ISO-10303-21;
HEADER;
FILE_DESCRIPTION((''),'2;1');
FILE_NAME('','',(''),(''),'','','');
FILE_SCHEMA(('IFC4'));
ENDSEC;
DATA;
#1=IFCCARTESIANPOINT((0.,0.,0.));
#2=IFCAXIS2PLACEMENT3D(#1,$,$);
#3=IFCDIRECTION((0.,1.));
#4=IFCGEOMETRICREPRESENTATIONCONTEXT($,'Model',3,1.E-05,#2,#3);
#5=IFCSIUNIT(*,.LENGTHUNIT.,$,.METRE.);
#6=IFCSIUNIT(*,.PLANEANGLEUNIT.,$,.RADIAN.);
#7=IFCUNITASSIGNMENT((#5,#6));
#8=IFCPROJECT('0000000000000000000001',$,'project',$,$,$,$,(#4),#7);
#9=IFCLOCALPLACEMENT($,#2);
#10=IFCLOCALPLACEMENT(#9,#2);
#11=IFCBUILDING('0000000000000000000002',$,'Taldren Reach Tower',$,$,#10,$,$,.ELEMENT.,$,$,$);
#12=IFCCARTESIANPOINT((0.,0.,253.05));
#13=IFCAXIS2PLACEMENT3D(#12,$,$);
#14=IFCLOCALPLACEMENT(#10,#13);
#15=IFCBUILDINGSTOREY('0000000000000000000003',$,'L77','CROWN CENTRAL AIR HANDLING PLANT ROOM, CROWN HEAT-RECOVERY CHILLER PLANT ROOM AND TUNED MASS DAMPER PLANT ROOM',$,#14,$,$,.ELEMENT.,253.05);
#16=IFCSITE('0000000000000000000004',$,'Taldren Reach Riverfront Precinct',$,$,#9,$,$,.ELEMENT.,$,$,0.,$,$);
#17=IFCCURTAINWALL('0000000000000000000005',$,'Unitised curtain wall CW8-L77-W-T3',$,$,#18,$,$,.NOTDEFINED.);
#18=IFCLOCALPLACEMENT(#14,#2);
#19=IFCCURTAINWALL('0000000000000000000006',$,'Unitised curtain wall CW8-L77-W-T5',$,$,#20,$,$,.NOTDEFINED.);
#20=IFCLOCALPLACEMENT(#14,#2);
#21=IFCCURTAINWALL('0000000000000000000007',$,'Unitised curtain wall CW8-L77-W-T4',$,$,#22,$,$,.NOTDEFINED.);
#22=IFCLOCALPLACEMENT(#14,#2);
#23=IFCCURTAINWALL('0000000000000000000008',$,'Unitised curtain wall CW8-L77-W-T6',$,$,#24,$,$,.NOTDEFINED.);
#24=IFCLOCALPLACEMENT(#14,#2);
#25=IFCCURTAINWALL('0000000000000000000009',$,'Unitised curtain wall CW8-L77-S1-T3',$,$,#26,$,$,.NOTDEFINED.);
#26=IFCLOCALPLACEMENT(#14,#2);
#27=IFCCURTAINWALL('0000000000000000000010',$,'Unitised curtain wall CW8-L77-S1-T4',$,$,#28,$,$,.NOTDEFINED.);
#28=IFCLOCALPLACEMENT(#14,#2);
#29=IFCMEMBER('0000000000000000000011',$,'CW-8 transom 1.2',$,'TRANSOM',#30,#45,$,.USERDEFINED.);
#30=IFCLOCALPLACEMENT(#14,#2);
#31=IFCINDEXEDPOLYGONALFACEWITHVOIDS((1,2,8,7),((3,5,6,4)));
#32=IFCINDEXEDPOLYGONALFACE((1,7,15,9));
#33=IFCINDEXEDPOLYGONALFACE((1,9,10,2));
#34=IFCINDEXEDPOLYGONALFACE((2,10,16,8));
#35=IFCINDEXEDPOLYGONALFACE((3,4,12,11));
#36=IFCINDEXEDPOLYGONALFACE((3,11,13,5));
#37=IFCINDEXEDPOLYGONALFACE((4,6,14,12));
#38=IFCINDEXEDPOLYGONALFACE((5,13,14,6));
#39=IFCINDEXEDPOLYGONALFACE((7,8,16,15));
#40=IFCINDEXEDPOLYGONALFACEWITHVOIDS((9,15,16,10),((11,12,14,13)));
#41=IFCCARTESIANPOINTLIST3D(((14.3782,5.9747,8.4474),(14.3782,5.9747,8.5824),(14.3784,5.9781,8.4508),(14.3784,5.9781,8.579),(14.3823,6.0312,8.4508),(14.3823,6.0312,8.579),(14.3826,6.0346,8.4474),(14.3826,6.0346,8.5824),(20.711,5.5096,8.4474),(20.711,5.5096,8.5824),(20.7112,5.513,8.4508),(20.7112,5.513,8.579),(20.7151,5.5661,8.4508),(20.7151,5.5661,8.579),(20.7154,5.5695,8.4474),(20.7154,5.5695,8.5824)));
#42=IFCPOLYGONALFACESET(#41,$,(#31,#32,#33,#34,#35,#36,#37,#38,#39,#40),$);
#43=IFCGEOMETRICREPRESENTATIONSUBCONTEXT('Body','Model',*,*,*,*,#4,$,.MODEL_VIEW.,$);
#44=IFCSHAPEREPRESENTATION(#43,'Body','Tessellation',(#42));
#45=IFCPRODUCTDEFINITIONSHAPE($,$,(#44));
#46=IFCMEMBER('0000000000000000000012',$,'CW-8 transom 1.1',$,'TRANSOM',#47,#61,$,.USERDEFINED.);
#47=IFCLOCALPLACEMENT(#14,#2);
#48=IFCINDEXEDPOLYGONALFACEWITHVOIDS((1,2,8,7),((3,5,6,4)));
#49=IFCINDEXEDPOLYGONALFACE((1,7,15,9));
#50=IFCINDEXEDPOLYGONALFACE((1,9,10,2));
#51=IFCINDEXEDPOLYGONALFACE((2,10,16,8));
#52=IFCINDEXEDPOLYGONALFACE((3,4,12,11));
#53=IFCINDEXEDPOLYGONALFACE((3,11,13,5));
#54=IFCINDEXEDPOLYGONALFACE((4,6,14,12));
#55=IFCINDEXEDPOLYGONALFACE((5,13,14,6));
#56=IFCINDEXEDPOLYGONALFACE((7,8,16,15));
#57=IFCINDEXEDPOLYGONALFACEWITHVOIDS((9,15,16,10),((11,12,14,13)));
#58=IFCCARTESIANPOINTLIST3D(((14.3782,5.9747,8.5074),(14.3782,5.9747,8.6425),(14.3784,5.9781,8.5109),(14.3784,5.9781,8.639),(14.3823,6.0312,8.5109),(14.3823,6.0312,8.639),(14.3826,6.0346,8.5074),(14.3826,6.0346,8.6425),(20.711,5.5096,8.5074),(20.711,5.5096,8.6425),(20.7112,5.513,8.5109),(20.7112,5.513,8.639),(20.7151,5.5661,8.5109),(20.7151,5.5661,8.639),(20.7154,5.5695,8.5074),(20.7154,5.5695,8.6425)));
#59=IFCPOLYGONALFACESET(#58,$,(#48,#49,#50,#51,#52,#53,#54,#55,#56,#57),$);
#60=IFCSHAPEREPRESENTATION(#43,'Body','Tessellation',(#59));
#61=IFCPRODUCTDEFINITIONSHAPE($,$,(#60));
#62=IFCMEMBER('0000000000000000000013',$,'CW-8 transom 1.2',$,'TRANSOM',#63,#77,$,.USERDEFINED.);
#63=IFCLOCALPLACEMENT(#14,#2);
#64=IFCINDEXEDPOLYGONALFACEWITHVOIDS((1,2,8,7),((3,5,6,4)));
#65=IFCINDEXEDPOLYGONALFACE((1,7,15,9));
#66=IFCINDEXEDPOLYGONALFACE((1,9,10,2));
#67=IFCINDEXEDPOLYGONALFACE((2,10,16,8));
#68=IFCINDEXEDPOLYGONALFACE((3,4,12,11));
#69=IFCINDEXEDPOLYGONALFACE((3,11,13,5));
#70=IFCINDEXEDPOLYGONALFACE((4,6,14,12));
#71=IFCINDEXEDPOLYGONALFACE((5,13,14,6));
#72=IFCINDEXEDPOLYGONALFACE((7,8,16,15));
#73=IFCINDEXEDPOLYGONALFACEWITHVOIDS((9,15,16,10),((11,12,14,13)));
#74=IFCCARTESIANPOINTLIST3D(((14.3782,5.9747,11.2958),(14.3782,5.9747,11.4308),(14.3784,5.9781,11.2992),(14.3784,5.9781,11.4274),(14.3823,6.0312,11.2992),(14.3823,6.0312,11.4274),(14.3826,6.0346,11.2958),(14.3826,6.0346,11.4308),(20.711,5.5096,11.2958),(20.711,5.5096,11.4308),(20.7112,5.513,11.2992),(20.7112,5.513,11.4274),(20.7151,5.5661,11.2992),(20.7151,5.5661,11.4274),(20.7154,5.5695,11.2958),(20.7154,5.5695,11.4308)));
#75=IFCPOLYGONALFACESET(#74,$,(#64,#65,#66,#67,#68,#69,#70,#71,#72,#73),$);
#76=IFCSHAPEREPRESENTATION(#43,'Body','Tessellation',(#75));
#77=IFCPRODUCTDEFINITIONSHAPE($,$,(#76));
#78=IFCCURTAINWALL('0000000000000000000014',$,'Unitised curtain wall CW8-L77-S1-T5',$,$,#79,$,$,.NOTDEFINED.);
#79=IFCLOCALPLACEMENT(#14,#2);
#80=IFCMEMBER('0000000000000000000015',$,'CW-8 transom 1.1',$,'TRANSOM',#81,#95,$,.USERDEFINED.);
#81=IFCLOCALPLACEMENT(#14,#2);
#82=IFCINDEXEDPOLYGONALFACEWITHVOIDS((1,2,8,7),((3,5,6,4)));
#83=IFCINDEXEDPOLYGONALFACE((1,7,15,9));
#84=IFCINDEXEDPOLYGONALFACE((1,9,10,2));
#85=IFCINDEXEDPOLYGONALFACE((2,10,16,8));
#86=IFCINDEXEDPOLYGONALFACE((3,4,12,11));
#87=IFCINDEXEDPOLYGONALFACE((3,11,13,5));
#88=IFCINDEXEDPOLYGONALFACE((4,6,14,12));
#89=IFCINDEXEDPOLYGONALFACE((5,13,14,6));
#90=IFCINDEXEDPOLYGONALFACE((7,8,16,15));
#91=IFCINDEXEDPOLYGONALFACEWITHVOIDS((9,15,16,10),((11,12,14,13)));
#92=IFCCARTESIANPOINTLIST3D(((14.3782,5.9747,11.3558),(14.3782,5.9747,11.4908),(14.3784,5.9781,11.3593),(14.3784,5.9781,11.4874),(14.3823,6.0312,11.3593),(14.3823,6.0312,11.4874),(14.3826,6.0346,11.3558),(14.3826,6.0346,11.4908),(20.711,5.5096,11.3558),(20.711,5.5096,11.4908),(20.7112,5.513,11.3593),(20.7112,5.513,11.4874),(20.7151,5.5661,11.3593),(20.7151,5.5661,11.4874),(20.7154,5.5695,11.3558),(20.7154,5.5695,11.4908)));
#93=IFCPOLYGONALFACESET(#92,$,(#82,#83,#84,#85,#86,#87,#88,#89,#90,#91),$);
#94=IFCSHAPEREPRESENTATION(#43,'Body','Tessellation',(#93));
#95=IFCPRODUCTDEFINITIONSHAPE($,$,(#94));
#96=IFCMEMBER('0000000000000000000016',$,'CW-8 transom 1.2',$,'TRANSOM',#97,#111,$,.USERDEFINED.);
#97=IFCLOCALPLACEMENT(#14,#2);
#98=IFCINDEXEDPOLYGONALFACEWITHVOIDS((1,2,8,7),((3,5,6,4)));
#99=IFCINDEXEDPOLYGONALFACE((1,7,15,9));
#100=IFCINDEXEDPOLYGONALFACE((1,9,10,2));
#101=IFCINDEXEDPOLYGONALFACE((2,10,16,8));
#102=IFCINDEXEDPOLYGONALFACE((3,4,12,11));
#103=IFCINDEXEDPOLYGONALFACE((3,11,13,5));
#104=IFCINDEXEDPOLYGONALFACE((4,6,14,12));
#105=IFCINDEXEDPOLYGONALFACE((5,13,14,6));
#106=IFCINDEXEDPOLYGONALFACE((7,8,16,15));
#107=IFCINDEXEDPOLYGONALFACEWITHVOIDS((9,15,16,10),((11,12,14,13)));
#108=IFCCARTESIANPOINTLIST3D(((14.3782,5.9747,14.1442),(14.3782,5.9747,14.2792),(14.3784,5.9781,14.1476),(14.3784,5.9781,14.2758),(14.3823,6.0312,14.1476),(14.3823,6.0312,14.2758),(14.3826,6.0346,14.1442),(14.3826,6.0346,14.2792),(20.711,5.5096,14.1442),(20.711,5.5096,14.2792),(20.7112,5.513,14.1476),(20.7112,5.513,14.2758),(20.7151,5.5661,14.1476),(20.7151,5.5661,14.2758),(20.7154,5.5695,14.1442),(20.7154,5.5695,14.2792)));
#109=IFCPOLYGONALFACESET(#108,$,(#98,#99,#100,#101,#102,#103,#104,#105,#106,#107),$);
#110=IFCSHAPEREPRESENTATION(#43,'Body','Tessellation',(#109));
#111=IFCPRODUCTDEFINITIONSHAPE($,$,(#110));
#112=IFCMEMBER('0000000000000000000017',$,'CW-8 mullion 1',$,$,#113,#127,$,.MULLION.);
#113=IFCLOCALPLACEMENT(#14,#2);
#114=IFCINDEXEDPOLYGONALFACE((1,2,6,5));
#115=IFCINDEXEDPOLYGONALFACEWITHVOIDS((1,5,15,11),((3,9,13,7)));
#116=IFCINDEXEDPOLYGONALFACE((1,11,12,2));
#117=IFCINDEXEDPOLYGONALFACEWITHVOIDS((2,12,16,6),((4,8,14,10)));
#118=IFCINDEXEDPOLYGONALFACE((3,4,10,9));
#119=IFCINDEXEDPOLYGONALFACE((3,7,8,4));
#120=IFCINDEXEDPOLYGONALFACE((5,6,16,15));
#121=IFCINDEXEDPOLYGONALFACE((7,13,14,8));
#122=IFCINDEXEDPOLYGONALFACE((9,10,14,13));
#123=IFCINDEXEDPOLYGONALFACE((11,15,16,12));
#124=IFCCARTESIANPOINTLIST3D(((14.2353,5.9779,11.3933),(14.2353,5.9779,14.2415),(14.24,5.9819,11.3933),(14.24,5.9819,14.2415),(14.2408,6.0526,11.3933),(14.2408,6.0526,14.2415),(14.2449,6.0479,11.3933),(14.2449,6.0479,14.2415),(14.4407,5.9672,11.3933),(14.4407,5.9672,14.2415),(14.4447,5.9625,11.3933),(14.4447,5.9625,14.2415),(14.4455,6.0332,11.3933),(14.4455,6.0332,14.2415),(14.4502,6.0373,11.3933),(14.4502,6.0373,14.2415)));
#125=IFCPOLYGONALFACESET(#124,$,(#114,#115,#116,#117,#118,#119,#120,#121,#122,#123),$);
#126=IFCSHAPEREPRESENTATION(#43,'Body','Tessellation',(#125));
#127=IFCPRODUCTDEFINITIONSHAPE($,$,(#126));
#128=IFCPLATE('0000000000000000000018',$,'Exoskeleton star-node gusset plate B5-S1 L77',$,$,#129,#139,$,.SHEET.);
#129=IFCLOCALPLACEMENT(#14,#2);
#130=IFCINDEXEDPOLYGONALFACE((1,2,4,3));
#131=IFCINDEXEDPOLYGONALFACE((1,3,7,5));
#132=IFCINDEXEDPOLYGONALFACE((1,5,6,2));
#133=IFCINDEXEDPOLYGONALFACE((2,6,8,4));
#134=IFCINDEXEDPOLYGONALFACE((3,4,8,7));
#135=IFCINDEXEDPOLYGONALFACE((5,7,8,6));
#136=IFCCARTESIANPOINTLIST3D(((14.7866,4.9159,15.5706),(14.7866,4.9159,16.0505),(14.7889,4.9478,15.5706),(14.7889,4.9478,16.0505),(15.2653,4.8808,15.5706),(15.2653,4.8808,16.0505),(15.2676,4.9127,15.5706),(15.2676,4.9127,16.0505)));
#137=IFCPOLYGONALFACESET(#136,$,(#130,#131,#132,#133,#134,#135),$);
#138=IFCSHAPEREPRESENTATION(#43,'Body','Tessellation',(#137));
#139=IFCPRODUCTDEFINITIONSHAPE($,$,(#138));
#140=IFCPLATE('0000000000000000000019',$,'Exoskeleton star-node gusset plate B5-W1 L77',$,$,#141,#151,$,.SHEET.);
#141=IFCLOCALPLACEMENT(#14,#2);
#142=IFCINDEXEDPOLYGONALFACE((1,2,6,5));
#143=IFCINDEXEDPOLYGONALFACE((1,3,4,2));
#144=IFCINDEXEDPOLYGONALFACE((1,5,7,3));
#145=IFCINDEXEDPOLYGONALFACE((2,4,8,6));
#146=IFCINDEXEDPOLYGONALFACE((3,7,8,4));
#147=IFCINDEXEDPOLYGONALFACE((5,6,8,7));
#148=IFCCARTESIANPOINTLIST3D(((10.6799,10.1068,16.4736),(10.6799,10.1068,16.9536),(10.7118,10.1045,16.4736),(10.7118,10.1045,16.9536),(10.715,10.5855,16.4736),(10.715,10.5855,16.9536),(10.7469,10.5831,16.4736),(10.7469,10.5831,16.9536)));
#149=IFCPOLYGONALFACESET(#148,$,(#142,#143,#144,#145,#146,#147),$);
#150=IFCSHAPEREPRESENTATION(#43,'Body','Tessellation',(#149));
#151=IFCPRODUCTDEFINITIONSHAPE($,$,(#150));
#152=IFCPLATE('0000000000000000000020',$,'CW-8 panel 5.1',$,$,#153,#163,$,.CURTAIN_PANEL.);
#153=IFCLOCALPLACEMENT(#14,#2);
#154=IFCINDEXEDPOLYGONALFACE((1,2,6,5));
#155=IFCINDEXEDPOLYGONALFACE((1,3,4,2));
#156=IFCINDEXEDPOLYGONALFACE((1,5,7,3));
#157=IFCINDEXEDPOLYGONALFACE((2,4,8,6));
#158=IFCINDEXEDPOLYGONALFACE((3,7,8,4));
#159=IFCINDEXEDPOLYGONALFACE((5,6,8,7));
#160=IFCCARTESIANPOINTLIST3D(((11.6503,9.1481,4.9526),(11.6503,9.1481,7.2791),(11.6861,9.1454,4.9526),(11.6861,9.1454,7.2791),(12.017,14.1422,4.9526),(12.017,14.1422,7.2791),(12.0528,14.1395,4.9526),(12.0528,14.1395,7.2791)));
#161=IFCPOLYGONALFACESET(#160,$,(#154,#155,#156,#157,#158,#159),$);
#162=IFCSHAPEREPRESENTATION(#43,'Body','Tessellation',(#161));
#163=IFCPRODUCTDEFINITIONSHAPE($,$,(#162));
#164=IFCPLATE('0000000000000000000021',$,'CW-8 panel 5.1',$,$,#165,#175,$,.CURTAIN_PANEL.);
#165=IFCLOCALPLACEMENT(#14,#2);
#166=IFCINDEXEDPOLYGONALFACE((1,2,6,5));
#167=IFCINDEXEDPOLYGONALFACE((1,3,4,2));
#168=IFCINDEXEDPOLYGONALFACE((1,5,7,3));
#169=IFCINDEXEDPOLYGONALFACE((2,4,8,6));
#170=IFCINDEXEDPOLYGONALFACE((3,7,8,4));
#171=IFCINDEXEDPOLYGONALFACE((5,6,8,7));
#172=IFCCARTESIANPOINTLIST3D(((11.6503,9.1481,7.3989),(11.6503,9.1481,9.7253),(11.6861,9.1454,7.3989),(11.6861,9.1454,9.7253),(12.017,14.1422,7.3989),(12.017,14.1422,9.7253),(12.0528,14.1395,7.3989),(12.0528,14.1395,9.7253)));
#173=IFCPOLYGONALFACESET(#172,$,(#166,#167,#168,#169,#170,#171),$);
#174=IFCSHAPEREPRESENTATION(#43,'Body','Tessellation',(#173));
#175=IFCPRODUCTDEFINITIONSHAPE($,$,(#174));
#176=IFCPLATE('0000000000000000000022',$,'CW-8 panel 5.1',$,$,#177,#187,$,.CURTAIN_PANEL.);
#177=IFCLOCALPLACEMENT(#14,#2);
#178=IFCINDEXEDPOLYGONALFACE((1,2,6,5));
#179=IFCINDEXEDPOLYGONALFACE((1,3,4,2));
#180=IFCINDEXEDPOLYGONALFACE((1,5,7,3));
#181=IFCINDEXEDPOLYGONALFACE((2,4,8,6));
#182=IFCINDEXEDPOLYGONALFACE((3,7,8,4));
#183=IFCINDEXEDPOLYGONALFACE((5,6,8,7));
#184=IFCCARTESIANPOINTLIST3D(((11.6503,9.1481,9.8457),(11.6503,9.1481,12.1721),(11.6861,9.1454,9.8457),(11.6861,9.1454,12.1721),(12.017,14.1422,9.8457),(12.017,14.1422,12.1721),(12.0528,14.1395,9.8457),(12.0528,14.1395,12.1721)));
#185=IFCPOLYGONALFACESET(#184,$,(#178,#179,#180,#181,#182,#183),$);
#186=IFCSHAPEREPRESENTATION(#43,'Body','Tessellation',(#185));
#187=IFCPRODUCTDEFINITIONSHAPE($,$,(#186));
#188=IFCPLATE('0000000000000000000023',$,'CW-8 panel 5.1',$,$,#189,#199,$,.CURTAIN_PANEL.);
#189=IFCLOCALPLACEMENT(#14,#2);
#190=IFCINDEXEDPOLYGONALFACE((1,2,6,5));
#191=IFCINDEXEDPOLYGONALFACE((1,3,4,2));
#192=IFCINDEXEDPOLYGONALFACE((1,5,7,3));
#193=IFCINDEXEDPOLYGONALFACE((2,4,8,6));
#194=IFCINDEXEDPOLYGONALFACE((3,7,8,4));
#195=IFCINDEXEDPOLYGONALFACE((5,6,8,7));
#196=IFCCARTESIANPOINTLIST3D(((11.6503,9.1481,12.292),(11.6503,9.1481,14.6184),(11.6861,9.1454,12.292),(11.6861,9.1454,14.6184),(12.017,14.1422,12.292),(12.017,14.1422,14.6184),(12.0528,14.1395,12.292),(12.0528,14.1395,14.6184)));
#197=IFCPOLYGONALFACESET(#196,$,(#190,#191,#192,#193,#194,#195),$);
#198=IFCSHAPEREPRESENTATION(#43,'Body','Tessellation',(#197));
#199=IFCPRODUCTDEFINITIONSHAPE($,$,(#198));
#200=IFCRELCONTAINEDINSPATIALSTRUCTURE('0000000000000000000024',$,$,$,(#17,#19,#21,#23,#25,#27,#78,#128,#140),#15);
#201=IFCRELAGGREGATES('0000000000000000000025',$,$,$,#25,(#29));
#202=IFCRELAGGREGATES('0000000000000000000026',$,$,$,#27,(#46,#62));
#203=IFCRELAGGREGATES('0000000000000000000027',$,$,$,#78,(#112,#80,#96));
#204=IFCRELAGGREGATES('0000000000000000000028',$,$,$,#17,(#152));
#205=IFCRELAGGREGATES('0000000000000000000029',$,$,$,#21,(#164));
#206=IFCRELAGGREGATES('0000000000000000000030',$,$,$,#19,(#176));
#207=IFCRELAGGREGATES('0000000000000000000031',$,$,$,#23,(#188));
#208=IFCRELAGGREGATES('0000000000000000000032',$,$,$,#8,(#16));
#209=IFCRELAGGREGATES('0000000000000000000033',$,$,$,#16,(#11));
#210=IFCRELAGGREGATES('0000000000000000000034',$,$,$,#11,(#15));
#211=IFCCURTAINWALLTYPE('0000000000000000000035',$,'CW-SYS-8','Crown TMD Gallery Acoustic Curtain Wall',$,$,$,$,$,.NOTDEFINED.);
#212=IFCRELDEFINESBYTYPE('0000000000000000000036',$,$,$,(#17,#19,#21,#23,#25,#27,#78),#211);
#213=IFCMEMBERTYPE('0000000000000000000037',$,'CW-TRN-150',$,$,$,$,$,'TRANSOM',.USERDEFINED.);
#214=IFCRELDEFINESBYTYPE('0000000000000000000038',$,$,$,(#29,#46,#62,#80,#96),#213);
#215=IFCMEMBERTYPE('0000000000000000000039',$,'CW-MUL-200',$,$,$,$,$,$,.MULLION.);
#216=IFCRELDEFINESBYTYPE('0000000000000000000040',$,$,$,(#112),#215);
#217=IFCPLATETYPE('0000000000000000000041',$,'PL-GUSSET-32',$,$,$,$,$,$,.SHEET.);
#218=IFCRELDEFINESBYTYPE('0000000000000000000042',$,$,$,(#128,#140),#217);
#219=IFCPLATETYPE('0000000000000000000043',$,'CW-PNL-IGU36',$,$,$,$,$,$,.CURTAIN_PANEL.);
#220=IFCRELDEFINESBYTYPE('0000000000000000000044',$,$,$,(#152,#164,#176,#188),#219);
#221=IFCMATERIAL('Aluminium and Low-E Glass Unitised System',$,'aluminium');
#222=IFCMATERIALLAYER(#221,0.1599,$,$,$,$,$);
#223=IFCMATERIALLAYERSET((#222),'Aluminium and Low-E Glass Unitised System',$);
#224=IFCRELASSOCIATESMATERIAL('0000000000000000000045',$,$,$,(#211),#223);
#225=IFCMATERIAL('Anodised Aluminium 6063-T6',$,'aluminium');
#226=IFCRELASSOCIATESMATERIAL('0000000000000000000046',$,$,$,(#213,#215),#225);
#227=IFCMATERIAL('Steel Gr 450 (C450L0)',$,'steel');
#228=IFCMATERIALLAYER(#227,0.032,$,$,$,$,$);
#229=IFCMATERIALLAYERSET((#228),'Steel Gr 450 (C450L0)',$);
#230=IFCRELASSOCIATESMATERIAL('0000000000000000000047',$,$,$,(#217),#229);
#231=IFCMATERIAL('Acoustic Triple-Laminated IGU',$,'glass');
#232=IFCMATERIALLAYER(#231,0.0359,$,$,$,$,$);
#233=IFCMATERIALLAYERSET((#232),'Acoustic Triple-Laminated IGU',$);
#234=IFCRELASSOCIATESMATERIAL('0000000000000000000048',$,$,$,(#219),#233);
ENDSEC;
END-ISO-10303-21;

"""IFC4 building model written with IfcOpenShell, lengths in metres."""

from ifc_helpers import new_model, si_unit, direction, frame, origin, origin_2d, place, context, subcontext, project, spatial, rectangle, hollow_rectangle, extrude, source, transform, mapped, material, layer, layer_set, material_profile, profile_set, type_object, element, aggregate, save


model = new_model("IFC4")

# Units and contexts
model_context = context("Model", 3, precision=1e-05, world=origin(), true_north=direction((0.0, 1.0)))
body_context = subcontext(model_context, "Body", "Model", "MODEL_VIEW")
ifc_project = project(units=[si_unit("LENGTHUNIT", "METRE"), si_unit("PLANEANGLEUNIT", "RADIAN")], contexts=[model_context])

# Site, building, storey
site_placement = place(None, origin())
site = spatial("IfcSite", under=ifc_project, at=site_placement, Name="Taldren Reach Riverfront Precinct", CompositionType="ELEMENT", RefElevation=0.0)
building_placement = place(site_placement, origin())
building = spatial("IfcBuilding", under=site, at=building_placement, Name="Taldren Reach Tower", CompositionType="ELEMENT")
storey_placement = place(building_placement, frame((0.0, 0.0, 253.05)))
storey = spatial("IfcBuildingStorey", under=building, at=storey_placement, Name="L77", Description="CROWN CENTRAL AIR HANDLING PLANT ROOM, CROWN HEAT-RECOVERY CHILLER PLANT ROOM AND TUNED MASS DAMPER PLANT ROOM", CompositionType="ELEMENT", Elevation=253.05)

# Shared definitions
ifc_material_1 = material(Name="Steel Gr 450 (C450L0)", Category="steel")

# Curtain walls
ifc_material_2 = material(Name="Aluminium and Low-E Glass Unitised System", Category="aluminium")
ifc_layer_1 = layer(ifc_material_2, 0.1599)
ifc_layer_set_1 = layer_set([ifc_layer_1], Name="Aluminium and Low-E Glass Unitised System")
curtain_wall_type = type_object("IfcCurtainWallType", Name="CW-SYS-8", Description="Crown TMD Gallery Acoustic Curtain Wall", PredefinedType="NOTDEFINED", material=ifc_layer_set_1)
curtain_wall_1_placement = place(storey_placement, origin())
curtain_wall_1 = element("IfcCurtainWall", 1, at=curtain_wall_1_placement, inside=storey, type_object=curtain_wall_type, Name="Unitised curtain wall CW8-L77-W-T3", PredefinedType="NOTDEFINED")
ifc_material_3 = material(Name="Anodised Aluminium 6063-T6", Category="aluminium")
ifc_material_profile_1 = material_profile(ifc_material_3, hollow_rectangle(XDim=0.0601, YDim=0.135, WallThickness=0.0034, at=origin_2d()), Name="ALU-135x60x3.5RHS")
ifc_profile_set_1 = profile_set([ifc_material_profile_1], Name="Anodised Aluminium 6063-T6")
member_type_1 = type_object("IfcMemberType", Name="CW-TRN-150", ElementType="TRANSOM", PredefinedType="USERDEFINED", material=ifc_profile_set_1)
curtain_wall_2_placement = place(storey_placement, origin())
curtain_wall_2 = element("IfcCurtainWall", 2, at=curtain_wall_2_placement, inside=storey, type_object=curtain_wall_type, Name="Unitised curtain wall CW8-L77-W-T5", PredefinedType="NOTDEFINED")
ifc_material_profile_2 = material_profile(ifc_material_3, hollow_rectangle(XDim=0.075, YDim=0.21, WallThickness=0.0044, at=origin_2d()), Name="ALU-210x75x4.5RHS")
ifc_profile_set_2 = profile_set([ifc_material_profile_2], Name="Anodised Aluminium 6063-T6")
member_type_2 = type_object("IfcMemberType", Name="CW-MUL-200", PredefinedType="MULLION", material=ifc_profile_set_2)
curtain_wall_3_placement = place(storey_placement, origin())
curtain_wall_3 = element("IfcCurtainWall", 3, at=curtain_wall_3_placement, inside=storey, type_object=curtain_wall_type, Name="Unitised curtain wall CW8-L77-W-T4", PredefinedType="NOTDEFINED")
curtain_wall_4_placement = place(storey_placement, origin())
curtain_wall_4 = element("IfcCurtainWall", 4, at=curtain_wall_4_placement, inside=storey, type_object=curtain_wall_type, Name="Unitised curtain wall CW8-L77-W-T6", PredefinedType="NOTDEFINED")
curtain_wall_5_placement = place(storey_placement, origin())
curtain_wall_5 = element("IfcCurtainWall", 5, at=curtain_wall_5_placement, inside=storey, type_object=curtain_wall_type, Name="Unitised curtain wall CW8-L77-S1-T3", PredefinedType="NOTDEFINED")
curtain_wall_6_placement = place(storey_placement, origin())
curtain_wall_6 = element("IfcCurtainWall", 6, at=curtain_wall_6_placement, inside=storey, type_object=curtain_wall_type, Name="Unitised curtain wall CW8-L77-S1-T4", PredefinedType="NOTDEFINED")
shared_shape_1 = source(origin(), body_context, "Body", "SweptSolid", [
    extrude(hollow_rectangle(XDim=0.0601, YDim=0.135, WallThickness=0.0034, at=origin_2d()), origin(), (0.0, 0.0, 1.0), 6.3499),
])

# Members
member_1_placement = place(storey_placement, frame((14.3804, 6.0046, 8.5149), z_axis=(0.997314, -0.073244, 0.0), x_axis=(0.073244, 0.997314, 0.0)))
member_1 = element("IfcMember", 7, at=member_1_placement, type_object=member_type_1, Name="CW-8 transom 1.2", ObjectType="TRANSOM", PredefinedType="USERDEFINED", context=body_context, shape_type="MappedRepresentation", body=[
    mapped(shared_shape_1, transform((0.0, 0.0, 0.0), scale=1.0)),
])
aggregate(curtain_wall_5, [member_1])
member_2_placement = place(storey_placement, frame((14.3804, 6.0046, 8.575), z_axis=(0.997314, -0.073244, 0.0), x_axis=(0.073244, 0.997314, 0.0)))
member_2 = element("IfcMember", 8, at=member_2_placement, type_object=member_type_1, Name="CW-8 transom 1.1", ObjectType="TRANSOM", PredefinedType="USERDEFINED", context=body_context, shape_type="MappedRepresentation", body=[
    mapped(shared_shape_1, transform((0.0, 0.0, 0.0), scale=1.0)),
])
member_3_placement = place(storey_placement, frame((14.3804, 6.0046, 11.3633), z_axis=(0.997314, -0.073244, 0.0), x_axis=(0.073244, 0.997314, 0.0)))
member_3 = element("IfcMember", 9, at=member_3_placement, type_object=member_type_1, Name="CW-8 transom 1.2", ObjectType="TRANSOM", PredefinedType="USERDEFINED", context=body_context, shape_type="MappedRepresentation", body=[
    mapped(shared_shape_1, transform((0.0, 0.0, 0.0), scale=1.0)),
])
aggregate(curtain_wall_6, [member_2, member_3])

# Curtain wall, members
curtain_wall_7_placement = place(storey_placement, origin())
curtain_wall_7 = element("IfcCurtainWall", 10, at=curtain_wall_7_placement, inside=storey, type_object=curtain_wall_type, Name="Unitised curtain wall CW8-L77-S1-T5", PredefinedType="NOTDEFINED")
member_4_placement = place(storey_placement, frame((14.3804, 6.0046, 11.4233), z_axis=(0.997314, -0.073244, 0.0), x_axis=(0.073244, 0.997314, 0.0)))
member_4 = element("IfcMember", 11, at=member_4_placement, type_object=member_type_1, Name="CW-8 transom 1.1", ObjectType="TRANSOM", PredefinedType="USERDEFINED", context=body_context, shape_type="MappedRepresentation", body=[
    mapped(shared_shape_1, transform((0.0, 0.0, 0.0), scale=1.0)),
])
member_5_placement = place(storey_placement, frame((14.3804, 6.0046, 14.2117), z_axis=(0.997314, -0.073244, 0.0), x_axis=(0.073244, 0.997314, 0.0)))
member_5 = element("IfcMember", 12, at=member_5_placement, type_object=member_type_1, Name="CW-8 transom 1.2", ObjectType="TRANSOM", PredefinedType="USERDEFINED", context=body_context, shape_type="MappedRepresentation", body=[
    mapped(shared_shape_1, transform((0.0, 0.0, 0.0), scale=1.0)),
])
shared_shape_2 = source(origin(), body_context, "Body", "SweptSolid", [
    extrude(hollow_rectangle(XDim=0.075, YDim=0.21, WallThickness=0.0044, at=origin_2d()), origin(), (0.0, 0.0, 1.0), 2.8481),
])
member_6_placement = place(storey_placement, frame((14.3428, 6.0076, 11.3933), z_axis=(0.0, 0.0, 1.0), x_axis=(0.073239, 0.997314, 0.0)))
member_6 = element("IfcMember", 13, at=member_6_placement, type_object=member_type_2, Name="CW-8 mullion 1", PredefinedType="MULLION", context=body_context, shape_type="MappedRepresentation", body=[
    mapped(shared_shape_2, transform((0.0, 0.0, 0.0), scale=1.0)),
])
aggregate(curtain_wall_7, [member_6, member_4, member_5])

# Plates
ifc_layer_2 = layer(ifc_material_1, 0.032)
ifc_layer_set_2 = layer_set([ifc_layer_2], Name="Steel Gr 450 (C450L0)")
plate_type_1 = type_object("IfcPlateType", Name="PL-GUSSET-32", PredefinedType="SHEET", material=ifc_layer_set_2)
shared_shape_3 = source(origin(), body_context, "Body", "SweptSolid", [
    extrude(rectangle(XDim=0.48, YDim=0.032, at=origin_2d()), origin(), (0.0, 0.0, 1.0), 0.48),
])
for number, where, z_axis, x_axis, name in (
    (14, (15.0271, 4.9143, 15.5706), (0.0, 0.0, 1.0), (0.997314, -0.073238, 0.0), "Exoskeleton star-node gusset plate B5-S1 L77"),
    (15, (10.7134, 10.345, 16.4736), (0.0, 0.0, 1.0), (0.073238, 0.997314, 0.0), "Exoskeleton star-node gusset plate B5-W1 L77"),
):
    element("IfcPlate", number, at=place(storey_placement, frame(where, z_axis=z_axis, x_axis=x_axis)), inside=storey, type_object=plate_type_1, Name=name, PredefinedType="SHEET", context=body_context, shape_type="MappedRepresentation", body=[
        mapped(shared_shape_3, transform((0.0, 0.0, 0.0), scale=1.0)),
    ])

# Plates
ifc_material_4 = material(Name="Acoustic Triple-Laminated IGU", Category="glass")
ifc_layer_3 = layer(ifc_material_4, 0.0359)
ifc_layer_set_3 = layer_set([ifc_layer_3], Name="Acoustic Triple-Laminated IGU")
plate_type_2 = type_object("IfcPlateType", Name="CW-PNL-IGU36", PredefinedType="CURTAIN_PANEL", material=ifc_layer_set_3)
shared_shape_4 = source(origin(), body_context, "Body", "SweptSolid", [
    extrude(rectangle(XDim=5.0076, YDim=0.0359, at=origin_2d()), origin(), (0.0, 0.0, 1.0), 2.3264),
])
plate_1_placement = place(storey_placement, frame((11.8516, 11.6438, 4.9526), z_axis=(0.0, 0.0, 1.0), x_axis=(-0.073238, -0.997314, 0.0)))
plate_1 = element("IfcPlate", 16, at=plate_1_placement, type_object=plate_type_2, Name="CW-8 panel 5.1", PredefinedType="CURTAIN_PANEL", context=body_context, shape_type="MappedRepresentation", body=[
    mapped(shared_shape_4, transform((0.0, 0.0, 0.0), scale=1.0)),
])
aggregate(curtain_wall_1, [plate_1])
plate_2_placement = place(storey_placement, frame((11.8516, 11.6438, 7.3989), z_axis=(0.0, 0.0, 1.0), x_axis=(-0.073238, -0.997314, 0.0)))
plate_2 = element("IfcPlate", 17, at=plate_2_placement, type_object=plate_type_2, Name="CW-8 panel 5.1", PredefinedType="CURTAIN_PANEL", context=body_context, shape_type="MappedRepresentation", body=[
    mapped(shared_shape_4, transform((0.0, 0.0, 0.0), scale=1.0)),
])
aggregate(curtain_wall_3, [plate_2])
plate_3_placement = place(storey_placement, frame((11.8516, 11.6438, 9.8457), z_axis=(0.0, 0.0, 1.0), x_axis=(-0.073238, -0.997314, 0.0)))
plate_3 = element("IfcPlate", 18, at=plate_3_placement, type_object=plate_type_2, Name="CW-8 panel 5.1", PredefinedType="CURTAIN_PANEL", context=body_context, shape_type="MappedRepresentation", body=[
    mapped(shared_shape_4, transform((0.0, 0.0, 0.0), scale=1.0)),
])
aggregate(curtain_wall_2, [plate_3])
plate_4_placement = place(storey_placement, frame((11.8516, 11.6438, 12.292), z_axis=(0.0, 0.0, 1.0), x_axis=(-0.073238, -0.997314, 0.0)))
plate_4 = element("IfcPlate", 19, at=plate_4_placement, type_object=plate_type_2, Name="CW-8 panel 5.1", PredefinedType="CURTAIN_PANEL", context=body_context, shape_type="MappedRepresentation", body=[
    mapped(shared_shape_4, transform((0.0, 0.0, 0.0), scale=1.0)),
])
aggregate(curtain_wall_4, [plate_4])

save(model, "model.ifc")
